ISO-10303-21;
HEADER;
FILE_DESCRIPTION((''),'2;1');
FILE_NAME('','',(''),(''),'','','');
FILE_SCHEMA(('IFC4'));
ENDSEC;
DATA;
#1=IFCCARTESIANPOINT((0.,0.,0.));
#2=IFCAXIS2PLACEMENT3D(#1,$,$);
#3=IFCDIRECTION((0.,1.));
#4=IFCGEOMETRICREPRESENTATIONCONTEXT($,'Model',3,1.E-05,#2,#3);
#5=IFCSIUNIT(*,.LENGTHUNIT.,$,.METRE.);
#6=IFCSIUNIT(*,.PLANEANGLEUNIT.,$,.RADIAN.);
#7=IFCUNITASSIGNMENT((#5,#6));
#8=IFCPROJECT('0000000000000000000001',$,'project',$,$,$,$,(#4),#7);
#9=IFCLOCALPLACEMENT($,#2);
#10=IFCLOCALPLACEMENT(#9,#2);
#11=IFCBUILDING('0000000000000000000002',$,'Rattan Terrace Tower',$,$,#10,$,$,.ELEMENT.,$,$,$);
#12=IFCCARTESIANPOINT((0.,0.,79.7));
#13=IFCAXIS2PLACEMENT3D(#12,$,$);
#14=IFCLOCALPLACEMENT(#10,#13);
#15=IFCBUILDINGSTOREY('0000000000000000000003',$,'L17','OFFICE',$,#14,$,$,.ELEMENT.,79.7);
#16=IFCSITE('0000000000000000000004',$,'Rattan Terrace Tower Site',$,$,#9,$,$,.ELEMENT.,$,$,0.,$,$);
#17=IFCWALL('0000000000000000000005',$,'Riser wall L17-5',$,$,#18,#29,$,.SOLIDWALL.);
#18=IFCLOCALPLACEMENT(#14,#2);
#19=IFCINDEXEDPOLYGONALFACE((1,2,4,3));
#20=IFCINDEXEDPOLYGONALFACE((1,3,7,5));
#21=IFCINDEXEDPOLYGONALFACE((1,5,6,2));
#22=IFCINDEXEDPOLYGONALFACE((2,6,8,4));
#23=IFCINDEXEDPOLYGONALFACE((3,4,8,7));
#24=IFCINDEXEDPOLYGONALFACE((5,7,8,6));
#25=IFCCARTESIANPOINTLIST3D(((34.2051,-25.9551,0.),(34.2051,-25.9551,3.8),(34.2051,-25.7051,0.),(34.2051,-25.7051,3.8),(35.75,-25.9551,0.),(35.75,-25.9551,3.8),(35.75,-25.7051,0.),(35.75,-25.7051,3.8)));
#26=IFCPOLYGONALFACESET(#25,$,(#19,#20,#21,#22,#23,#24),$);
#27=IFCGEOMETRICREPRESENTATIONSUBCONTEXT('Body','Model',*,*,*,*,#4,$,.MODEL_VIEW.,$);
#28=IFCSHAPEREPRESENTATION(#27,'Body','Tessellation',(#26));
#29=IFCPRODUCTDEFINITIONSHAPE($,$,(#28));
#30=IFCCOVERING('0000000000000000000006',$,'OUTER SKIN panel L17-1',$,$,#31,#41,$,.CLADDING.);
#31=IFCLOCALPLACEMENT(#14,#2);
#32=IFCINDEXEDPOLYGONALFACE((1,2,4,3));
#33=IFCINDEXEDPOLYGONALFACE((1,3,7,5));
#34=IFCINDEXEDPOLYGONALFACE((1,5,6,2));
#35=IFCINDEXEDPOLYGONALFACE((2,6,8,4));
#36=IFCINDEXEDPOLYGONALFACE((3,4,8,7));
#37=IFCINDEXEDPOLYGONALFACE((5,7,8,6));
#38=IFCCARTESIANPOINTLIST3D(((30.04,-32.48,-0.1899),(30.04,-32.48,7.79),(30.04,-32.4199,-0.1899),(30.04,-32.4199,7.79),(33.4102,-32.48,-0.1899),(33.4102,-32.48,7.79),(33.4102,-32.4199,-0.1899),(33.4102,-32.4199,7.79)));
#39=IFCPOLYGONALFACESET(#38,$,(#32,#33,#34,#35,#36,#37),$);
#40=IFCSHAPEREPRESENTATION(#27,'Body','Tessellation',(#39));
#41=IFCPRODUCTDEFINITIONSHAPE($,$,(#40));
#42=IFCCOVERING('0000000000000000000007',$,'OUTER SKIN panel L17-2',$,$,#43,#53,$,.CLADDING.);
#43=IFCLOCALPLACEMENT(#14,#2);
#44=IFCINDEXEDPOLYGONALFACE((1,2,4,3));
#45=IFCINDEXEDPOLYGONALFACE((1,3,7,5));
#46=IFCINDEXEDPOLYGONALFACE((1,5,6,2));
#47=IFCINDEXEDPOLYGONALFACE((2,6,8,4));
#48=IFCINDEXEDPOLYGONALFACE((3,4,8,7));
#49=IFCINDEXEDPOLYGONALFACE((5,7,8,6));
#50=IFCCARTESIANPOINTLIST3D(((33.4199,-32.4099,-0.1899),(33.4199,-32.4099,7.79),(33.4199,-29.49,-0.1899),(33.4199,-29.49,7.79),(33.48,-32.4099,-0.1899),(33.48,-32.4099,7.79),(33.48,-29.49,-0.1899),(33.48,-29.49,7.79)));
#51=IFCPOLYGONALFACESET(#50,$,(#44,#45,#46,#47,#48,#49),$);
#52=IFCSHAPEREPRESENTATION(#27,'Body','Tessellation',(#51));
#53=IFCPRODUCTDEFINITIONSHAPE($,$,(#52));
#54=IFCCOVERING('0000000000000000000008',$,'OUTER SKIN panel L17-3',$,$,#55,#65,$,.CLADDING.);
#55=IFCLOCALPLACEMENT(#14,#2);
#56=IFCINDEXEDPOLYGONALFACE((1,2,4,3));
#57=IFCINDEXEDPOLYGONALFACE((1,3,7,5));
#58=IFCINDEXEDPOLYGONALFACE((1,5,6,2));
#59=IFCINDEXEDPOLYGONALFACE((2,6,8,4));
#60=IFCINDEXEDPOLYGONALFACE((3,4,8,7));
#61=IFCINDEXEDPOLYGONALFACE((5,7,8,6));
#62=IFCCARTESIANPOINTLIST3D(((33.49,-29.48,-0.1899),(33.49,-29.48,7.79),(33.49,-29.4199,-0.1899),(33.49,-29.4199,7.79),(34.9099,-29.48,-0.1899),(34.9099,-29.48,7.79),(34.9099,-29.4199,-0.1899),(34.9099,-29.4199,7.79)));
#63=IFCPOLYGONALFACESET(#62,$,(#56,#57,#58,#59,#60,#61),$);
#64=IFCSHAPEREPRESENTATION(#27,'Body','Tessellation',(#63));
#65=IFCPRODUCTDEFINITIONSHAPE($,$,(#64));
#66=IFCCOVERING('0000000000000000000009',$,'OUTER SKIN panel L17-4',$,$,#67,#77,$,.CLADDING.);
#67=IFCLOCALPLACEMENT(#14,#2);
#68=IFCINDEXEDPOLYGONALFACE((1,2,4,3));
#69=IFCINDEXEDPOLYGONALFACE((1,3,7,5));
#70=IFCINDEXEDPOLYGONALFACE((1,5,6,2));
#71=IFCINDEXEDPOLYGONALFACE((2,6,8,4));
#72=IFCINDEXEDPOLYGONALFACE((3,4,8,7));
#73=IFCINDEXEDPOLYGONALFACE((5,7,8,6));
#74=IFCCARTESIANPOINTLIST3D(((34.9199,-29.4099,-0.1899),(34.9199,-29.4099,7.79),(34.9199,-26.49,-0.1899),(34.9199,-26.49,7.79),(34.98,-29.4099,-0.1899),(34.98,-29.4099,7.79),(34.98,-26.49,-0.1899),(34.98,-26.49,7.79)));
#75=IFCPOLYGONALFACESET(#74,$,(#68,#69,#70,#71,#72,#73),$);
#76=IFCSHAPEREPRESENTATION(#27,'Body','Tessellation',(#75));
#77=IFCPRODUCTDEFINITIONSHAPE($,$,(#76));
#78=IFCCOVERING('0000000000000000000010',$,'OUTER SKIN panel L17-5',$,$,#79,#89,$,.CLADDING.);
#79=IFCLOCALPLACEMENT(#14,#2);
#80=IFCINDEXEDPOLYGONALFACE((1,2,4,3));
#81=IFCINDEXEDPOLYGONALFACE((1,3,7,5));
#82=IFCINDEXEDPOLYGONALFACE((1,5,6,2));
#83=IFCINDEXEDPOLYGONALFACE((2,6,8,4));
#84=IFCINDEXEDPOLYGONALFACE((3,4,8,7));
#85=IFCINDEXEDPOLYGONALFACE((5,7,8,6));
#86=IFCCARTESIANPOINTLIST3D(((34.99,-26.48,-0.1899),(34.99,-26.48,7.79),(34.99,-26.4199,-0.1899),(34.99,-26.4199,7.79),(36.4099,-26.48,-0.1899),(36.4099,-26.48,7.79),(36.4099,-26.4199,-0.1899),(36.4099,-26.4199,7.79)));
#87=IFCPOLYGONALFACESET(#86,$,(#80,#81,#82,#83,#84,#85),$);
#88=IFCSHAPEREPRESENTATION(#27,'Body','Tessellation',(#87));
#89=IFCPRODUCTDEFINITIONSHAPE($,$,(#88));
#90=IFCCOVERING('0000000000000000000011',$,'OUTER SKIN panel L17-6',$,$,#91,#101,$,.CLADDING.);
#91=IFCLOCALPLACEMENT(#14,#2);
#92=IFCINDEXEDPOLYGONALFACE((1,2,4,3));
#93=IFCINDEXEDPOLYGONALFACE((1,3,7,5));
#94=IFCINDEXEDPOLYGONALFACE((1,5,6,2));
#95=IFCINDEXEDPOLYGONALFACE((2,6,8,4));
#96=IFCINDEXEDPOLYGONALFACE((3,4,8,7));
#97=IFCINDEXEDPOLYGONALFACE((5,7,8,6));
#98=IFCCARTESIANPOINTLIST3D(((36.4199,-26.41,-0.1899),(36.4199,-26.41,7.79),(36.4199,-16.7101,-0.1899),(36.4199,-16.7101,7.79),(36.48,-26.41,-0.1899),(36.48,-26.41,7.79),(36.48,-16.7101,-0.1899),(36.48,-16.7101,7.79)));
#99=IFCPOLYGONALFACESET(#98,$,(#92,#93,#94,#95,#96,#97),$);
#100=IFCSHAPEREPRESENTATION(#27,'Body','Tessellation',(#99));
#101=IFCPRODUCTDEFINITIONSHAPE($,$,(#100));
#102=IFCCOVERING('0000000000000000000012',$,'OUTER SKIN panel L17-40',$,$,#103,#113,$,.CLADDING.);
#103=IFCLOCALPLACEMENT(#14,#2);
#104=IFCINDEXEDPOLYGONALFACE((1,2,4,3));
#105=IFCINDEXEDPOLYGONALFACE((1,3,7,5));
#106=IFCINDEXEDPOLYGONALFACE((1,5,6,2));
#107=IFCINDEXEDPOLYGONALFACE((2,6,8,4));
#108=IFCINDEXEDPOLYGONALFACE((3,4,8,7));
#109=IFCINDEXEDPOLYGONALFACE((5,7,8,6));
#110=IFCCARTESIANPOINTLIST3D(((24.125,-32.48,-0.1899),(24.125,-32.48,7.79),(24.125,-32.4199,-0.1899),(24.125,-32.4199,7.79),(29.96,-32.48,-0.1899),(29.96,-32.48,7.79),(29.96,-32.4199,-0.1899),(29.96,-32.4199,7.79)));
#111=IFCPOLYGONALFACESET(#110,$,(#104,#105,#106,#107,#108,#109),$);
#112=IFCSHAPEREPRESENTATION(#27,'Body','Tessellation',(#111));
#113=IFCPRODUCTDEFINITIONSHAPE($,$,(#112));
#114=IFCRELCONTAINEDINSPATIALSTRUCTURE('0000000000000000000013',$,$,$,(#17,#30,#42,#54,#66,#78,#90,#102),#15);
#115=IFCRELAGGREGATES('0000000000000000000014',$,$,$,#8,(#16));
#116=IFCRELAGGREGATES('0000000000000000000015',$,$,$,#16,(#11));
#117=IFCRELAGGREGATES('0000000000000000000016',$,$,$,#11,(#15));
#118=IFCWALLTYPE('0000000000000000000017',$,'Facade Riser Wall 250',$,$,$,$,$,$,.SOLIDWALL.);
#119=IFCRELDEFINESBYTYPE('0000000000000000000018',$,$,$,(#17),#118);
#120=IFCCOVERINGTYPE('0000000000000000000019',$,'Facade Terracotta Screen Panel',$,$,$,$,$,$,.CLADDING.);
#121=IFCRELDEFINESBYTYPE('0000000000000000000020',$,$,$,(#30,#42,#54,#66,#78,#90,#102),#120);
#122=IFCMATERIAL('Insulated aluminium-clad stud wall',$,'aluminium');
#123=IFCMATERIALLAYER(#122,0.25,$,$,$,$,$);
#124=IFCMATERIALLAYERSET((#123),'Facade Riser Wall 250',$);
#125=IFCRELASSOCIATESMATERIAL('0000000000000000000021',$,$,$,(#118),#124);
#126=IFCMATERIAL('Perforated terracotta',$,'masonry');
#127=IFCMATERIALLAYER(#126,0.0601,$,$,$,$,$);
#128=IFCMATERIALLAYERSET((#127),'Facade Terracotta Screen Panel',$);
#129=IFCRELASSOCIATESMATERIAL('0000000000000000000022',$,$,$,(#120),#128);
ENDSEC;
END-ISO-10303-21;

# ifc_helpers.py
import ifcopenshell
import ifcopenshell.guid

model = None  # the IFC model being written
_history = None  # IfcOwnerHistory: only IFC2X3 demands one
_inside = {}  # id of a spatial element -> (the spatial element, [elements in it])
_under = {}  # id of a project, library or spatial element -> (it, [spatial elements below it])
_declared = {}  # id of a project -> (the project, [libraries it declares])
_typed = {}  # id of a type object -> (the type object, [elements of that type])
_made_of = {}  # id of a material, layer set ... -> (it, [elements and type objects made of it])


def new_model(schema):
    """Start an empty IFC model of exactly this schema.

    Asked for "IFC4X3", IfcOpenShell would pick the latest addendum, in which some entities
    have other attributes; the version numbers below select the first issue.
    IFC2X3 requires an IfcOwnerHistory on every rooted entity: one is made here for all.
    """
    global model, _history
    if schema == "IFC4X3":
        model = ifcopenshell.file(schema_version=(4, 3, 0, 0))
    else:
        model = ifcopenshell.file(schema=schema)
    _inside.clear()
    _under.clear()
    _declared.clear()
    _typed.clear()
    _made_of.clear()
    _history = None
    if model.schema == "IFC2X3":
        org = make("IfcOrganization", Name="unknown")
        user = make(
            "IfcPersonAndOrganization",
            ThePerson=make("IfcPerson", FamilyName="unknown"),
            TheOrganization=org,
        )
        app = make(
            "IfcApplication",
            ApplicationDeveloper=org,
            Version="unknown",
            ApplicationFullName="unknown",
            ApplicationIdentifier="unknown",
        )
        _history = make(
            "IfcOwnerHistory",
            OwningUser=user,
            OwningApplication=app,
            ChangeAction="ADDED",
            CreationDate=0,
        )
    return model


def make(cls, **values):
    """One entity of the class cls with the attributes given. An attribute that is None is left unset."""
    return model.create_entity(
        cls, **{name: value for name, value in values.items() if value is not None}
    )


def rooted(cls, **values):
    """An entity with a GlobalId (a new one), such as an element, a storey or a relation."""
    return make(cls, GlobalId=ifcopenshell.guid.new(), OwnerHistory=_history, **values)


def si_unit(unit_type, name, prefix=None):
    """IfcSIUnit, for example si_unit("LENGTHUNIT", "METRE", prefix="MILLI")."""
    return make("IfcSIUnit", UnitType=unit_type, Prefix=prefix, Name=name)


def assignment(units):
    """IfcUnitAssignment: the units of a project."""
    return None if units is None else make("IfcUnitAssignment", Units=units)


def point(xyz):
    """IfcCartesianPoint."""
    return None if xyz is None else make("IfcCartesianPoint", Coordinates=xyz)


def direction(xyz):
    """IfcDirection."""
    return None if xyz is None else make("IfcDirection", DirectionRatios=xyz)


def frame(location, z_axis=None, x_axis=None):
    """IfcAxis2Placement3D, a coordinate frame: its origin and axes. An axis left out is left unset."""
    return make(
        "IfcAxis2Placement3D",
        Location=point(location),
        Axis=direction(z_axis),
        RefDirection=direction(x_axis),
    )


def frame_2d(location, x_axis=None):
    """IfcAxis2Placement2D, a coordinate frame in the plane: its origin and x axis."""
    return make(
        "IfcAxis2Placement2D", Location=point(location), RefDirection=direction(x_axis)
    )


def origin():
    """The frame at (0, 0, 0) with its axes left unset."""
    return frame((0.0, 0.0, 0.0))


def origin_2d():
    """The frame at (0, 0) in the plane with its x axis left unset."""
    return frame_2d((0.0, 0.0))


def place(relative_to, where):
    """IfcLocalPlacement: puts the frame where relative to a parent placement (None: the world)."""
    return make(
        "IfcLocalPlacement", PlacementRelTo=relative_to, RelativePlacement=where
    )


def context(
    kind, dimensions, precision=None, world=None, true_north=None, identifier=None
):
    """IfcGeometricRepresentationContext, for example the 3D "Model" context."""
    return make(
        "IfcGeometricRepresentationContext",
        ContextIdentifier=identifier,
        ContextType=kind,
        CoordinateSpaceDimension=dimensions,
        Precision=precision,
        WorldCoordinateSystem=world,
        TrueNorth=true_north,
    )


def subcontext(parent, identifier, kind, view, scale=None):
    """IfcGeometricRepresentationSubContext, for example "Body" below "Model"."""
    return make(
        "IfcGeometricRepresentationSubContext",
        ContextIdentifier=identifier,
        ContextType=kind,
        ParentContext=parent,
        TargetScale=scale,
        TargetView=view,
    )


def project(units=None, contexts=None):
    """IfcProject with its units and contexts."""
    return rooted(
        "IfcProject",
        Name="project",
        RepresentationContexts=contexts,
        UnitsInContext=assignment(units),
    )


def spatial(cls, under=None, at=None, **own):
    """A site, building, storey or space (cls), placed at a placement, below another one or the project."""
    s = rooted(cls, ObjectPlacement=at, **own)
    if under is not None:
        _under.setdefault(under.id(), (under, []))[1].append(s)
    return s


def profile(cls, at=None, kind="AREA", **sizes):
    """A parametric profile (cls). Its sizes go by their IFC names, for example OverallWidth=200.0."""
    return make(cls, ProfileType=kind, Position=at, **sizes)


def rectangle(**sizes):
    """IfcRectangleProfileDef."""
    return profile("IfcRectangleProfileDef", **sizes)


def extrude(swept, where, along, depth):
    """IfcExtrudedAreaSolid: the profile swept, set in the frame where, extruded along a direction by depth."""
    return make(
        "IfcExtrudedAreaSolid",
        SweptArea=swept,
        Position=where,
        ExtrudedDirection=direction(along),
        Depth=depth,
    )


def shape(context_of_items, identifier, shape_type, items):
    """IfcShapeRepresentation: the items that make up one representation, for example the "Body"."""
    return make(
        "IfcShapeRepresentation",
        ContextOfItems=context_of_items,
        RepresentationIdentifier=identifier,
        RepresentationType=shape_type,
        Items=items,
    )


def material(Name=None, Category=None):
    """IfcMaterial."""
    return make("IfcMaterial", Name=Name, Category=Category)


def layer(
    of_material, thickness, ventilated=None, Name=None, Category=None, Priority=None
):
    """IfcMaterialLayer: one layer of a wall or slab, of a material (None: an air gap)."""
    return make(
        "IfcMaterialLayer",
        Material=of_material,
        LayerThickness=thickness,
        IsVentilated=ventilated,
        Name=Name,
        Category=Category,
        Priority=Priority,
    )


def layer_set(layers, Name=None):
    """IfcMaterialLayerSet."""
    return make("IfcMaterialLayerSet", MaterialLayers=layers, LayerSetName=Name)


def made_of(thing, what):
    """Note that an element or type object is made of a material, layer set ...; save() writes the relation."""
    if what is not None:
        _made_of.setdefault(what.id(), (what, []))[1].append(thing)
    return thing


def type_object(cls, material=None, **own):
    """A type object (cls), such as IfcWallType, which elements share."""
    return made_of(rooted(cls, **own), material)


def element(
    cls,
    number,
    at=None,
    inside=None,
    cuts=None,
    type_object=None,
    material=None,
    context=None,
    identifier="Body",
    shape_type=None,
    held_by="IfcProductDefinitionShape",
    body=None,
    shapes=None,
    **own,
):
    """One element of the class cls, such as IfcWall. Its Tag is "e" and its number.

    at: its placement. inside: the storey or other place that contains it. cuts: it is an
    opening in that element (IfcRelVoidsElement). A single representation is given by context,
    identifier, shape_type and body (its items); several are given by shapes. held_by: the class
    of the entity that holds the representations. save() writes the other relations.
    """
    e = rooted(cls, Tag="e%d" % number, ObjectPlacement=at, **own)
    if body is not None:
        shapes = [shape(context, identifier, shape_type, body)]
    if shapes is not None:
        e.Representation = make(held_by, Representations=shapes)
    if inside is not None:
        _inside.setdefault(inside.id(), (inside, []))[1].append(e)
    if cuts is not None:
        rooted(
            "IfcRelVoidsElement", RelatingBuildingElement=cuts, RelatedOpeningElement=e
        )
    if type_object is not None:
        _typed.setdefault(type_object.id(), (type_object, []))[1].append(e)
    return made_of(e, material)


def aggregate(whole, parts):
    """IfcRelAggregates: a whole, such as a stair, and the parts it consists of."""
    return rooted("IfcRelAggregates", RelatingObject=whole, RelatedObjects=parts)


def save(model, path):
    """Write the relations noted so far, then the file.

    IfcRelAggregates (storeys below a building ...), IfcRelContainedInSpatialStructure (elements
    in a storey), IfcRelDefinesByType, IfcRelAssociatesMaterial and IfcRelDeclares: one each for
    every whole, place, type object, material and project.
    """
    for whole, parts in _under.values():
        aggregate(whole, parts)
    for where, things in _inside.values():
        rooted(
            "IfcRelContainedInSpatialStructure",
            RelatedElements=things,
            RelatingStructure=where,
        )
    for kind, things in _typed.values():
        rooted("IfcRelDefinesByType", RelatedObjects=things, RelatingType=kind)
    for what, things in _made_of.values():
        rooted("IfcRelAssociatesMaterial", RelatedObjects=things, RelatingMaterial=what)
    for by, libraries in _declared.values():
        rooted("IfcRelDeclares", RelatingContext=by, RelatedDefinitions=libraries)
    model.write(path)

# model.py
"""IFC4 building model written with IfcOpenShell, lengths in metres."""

from ifc_helpers import new_model, si_unit, direction, frame, frame_2d, origin, origin_2d, place, context, subcontext, project, spatial, rectangle, extrude, material, layer, layer_set, type_object, element, save


model = new_model("IFC4")

# Units and contexts
model_context = context("Model", 3, precision=1e-05, world=origin(), true_north=direction((0.0, 1.0)))
body_context = subcontext(model_context, "Body", "Model", "MODEL_VIEW")
ifc_project = project(units=[si_unit("LENGTHUNIT", "METRE"), si_unit("PLANEANGLEUNIT", "RADIAN")], contexts=[model_context])

# Site, building, storey
site_placement = place(None, origin())
site = spatial("IfcSite", under=ifc_project, at=site_placement, Name="Rattan Terrace Tower Site", CompositionType="ELEMENT", RefElevation=0.0)
building_placement = place(site_placement, origin())
building = spatial("IfcBuilding", under=site, at=building_placement, Name="Rattan Terrace Tower", CompositionType="ELEMENT")
storey_placement = place(building_placement, frame((0.0, 0.0, 79.7)))
storey = spatial("IfcBuildingStorey", under=building, at=storey_placement, Name="L17", Description="OFFICE", CompositionType="ELEMENT", Elevation=79.7)

# Wall
ifc_material_1 = material(Name="Insulated aluminium-clad stud wall", Category="aluminium")
ifc_layer_1 = layer(ifc_material_1, 0.25)
ifc_layer_set_1 = layer_set([ifc_layer_1], Name="Facade Riser Wall 250")
wall_type = type_object("IfcWallType", Name="Facade Riser Wall 250", PredefinedType="SOLIDWALL", material=ifc_layer_set_1)
wall_1_placement = place(storey_placement, frame((34.2051, -25.8301, 0.0), z_axis=(0.0, 0.0, 1.0), x_axis=(1.0, 0.0, 0.0)))
element("IfcWall", 1, at=wall_1_placement, inside=storey, type_object=wall_type, Name="Riser wall L17-5", PredefinedType="SOLIDWALL", context=body_context, shape_type="SweptSolid", body=[
    extrude(rectangle(XDim=1.5449, YDim=0.25, at=frame_2d((0.7725, 0.0))), origin(), (0.0, 0.0, 1.0), 3.8),
])

# Coverings
ifc_material_2 = material(Name="Perforated terracotta", Category="masonry")
ifc_layer_2 = layer(ifc_material_2, 0.0601)
ifc_layer_set_2 = layer_set([ifc_layer_2], Name="Facade Terracotta Screen Panel")
covering_type = type_object("IfcCoveringType", Name="Facade Terracotta Screen Panel", PredefinedType="CLADDING", material=ifc_layer_set_2)
covering_1_placement = place(storey_placement, frame((31.7251, -32.45, -0.1899), z_axis=(0.0, 0.0, 1.0), x_axis=(1.0, 0.0, 0.0)))
element("IfcCovering", 2, at=covering_1_placement, inside=storey, type_object=covering_type, Name="OUTER SKIN panel L17-1", PredefinedType="CLADDING", context=body_context, shape_type="SweptSolid", body=[
    extrude(rectangle(XDim=3.3701, YDim=0.0601, at=origin_2d()), origin(), (0.0, 0.0, 1.0), 7.98),
])
covering_2_placement = place(storey_placement, frame((33.45, -30.95, -0.1899), z_axis=(0.0, 0.0, 1.0), x_axis=(0.0, 1.0, 0.0)))
element("IfcCovering", 3, at=covering_2_placement, inside=storey, type_object=covering_type, Name="OUTER SKIN panel L17-2", PredefinedType="CLADDING", context=body_context, shape_type="SweptSolid", body=[
    extrude(rectangle(XDim=2.9199, YDim=0.0601, at=origin_2d()), origin(), (0.0, 0.0, 1.0), 7.98),
])
covering_3_placement = place(storey_placement, frame((34.2, -29.45, -0.1899), z_axis=(0.0, 0.0, 1.0), x_axis=(1.0, 0.0, 0.0)))
element("IfcCovering", 4, at=covering_3_placement, inside=storey, type_object=covering_type, Name="OUTER SKIN panel L17-3", PredefinedType="CLADDING", context=body_context, shape_type="SweptSolid", body=[
    extrude(rectangle(XDim=1.4199, YDim=0.0601, at=origin_2d()), origin(), (0.0, 0.0, 1.0), 7.98),
])
covering_4_placement = place(storey_placement, frame((34.95, -27.95, -0.1899), z_axis=(0.0, 0.0, 1.0), x_axis=(0.0, 1.0, 0.0)))
element("IfcCovering", 5, at=covering_4_placement, inside=storey, type_object=covering_type, Name="OUTER SKIN panel L17-4", PredefinedType="CLADDING", context=body_context, shape_type="SweptSolid", body=[
    extrude(rectangle(XDim=2.9199, YDim=0.0601, at=origin_2d()), origin(), (0.0, 0.0, 1.0), 7.98),
])
covering_5_placement = place(storey_placement, frame((35.7, -26.45, -0.1899), z_axis=(0.0, 0.0, 1.0), x_axis=(1.0, 0.0, 0.0)))
element("IfcCovering", 6, at=covering_5_placement, inside=storey, type_object=covering_type, Name="OUTER SKIN panel L17-5", PredefinedType="CLADDING", context=body_context, shape_type="SweptSolid", body=[
    extrude(rectangle(XDim=1.4199, YDim=0.0601, at=origin_2d()), origin(), (0.0, 0.0, 1.0), 7.98),
])
covering_6_placement = place(storey_placement, frame((36.45, -21.5601, -0.1899), z_axis=(0.0, 0.0, 1.0), x_axis=(0.0, 1.0, 0.0)))
element("IfcCovering", 7, at=covering_6_placement, inside=storey, type_object=covering_type, Name="OUTER SKIN panel L17-6", PredefinedType="CLADDING", context=body_context, shape_type="SweptSolid", body=[
    extrude(rectangle(XDim=9.7, YDim=0.0601, at=origin_2d()), origin(), (0.0, 0.0, 1.0), 7.98),
])
covering_7_placement = place(storey_placement, frame((27.0425, -32.45, -0.1899), z_axis=(0.0, 0.0, 1.0), x_axis=(1.0, 0.0, 0.0)))
element("IfcCovering", 8, at=covering_7_placement, inside=storey, type_object=covering_type, Name="OUTER SKIN panel L17-40", PredefinedType="CLADDING", context=body_context, shape_type="SweptSolid", body=[
    extrude(rectangle(XDim=5.835, YDim=0.0601, at=origin_2d()), origin(), (0.0, 0.0, 1.0), 7.98),
])

save(model, "model.ifc")
